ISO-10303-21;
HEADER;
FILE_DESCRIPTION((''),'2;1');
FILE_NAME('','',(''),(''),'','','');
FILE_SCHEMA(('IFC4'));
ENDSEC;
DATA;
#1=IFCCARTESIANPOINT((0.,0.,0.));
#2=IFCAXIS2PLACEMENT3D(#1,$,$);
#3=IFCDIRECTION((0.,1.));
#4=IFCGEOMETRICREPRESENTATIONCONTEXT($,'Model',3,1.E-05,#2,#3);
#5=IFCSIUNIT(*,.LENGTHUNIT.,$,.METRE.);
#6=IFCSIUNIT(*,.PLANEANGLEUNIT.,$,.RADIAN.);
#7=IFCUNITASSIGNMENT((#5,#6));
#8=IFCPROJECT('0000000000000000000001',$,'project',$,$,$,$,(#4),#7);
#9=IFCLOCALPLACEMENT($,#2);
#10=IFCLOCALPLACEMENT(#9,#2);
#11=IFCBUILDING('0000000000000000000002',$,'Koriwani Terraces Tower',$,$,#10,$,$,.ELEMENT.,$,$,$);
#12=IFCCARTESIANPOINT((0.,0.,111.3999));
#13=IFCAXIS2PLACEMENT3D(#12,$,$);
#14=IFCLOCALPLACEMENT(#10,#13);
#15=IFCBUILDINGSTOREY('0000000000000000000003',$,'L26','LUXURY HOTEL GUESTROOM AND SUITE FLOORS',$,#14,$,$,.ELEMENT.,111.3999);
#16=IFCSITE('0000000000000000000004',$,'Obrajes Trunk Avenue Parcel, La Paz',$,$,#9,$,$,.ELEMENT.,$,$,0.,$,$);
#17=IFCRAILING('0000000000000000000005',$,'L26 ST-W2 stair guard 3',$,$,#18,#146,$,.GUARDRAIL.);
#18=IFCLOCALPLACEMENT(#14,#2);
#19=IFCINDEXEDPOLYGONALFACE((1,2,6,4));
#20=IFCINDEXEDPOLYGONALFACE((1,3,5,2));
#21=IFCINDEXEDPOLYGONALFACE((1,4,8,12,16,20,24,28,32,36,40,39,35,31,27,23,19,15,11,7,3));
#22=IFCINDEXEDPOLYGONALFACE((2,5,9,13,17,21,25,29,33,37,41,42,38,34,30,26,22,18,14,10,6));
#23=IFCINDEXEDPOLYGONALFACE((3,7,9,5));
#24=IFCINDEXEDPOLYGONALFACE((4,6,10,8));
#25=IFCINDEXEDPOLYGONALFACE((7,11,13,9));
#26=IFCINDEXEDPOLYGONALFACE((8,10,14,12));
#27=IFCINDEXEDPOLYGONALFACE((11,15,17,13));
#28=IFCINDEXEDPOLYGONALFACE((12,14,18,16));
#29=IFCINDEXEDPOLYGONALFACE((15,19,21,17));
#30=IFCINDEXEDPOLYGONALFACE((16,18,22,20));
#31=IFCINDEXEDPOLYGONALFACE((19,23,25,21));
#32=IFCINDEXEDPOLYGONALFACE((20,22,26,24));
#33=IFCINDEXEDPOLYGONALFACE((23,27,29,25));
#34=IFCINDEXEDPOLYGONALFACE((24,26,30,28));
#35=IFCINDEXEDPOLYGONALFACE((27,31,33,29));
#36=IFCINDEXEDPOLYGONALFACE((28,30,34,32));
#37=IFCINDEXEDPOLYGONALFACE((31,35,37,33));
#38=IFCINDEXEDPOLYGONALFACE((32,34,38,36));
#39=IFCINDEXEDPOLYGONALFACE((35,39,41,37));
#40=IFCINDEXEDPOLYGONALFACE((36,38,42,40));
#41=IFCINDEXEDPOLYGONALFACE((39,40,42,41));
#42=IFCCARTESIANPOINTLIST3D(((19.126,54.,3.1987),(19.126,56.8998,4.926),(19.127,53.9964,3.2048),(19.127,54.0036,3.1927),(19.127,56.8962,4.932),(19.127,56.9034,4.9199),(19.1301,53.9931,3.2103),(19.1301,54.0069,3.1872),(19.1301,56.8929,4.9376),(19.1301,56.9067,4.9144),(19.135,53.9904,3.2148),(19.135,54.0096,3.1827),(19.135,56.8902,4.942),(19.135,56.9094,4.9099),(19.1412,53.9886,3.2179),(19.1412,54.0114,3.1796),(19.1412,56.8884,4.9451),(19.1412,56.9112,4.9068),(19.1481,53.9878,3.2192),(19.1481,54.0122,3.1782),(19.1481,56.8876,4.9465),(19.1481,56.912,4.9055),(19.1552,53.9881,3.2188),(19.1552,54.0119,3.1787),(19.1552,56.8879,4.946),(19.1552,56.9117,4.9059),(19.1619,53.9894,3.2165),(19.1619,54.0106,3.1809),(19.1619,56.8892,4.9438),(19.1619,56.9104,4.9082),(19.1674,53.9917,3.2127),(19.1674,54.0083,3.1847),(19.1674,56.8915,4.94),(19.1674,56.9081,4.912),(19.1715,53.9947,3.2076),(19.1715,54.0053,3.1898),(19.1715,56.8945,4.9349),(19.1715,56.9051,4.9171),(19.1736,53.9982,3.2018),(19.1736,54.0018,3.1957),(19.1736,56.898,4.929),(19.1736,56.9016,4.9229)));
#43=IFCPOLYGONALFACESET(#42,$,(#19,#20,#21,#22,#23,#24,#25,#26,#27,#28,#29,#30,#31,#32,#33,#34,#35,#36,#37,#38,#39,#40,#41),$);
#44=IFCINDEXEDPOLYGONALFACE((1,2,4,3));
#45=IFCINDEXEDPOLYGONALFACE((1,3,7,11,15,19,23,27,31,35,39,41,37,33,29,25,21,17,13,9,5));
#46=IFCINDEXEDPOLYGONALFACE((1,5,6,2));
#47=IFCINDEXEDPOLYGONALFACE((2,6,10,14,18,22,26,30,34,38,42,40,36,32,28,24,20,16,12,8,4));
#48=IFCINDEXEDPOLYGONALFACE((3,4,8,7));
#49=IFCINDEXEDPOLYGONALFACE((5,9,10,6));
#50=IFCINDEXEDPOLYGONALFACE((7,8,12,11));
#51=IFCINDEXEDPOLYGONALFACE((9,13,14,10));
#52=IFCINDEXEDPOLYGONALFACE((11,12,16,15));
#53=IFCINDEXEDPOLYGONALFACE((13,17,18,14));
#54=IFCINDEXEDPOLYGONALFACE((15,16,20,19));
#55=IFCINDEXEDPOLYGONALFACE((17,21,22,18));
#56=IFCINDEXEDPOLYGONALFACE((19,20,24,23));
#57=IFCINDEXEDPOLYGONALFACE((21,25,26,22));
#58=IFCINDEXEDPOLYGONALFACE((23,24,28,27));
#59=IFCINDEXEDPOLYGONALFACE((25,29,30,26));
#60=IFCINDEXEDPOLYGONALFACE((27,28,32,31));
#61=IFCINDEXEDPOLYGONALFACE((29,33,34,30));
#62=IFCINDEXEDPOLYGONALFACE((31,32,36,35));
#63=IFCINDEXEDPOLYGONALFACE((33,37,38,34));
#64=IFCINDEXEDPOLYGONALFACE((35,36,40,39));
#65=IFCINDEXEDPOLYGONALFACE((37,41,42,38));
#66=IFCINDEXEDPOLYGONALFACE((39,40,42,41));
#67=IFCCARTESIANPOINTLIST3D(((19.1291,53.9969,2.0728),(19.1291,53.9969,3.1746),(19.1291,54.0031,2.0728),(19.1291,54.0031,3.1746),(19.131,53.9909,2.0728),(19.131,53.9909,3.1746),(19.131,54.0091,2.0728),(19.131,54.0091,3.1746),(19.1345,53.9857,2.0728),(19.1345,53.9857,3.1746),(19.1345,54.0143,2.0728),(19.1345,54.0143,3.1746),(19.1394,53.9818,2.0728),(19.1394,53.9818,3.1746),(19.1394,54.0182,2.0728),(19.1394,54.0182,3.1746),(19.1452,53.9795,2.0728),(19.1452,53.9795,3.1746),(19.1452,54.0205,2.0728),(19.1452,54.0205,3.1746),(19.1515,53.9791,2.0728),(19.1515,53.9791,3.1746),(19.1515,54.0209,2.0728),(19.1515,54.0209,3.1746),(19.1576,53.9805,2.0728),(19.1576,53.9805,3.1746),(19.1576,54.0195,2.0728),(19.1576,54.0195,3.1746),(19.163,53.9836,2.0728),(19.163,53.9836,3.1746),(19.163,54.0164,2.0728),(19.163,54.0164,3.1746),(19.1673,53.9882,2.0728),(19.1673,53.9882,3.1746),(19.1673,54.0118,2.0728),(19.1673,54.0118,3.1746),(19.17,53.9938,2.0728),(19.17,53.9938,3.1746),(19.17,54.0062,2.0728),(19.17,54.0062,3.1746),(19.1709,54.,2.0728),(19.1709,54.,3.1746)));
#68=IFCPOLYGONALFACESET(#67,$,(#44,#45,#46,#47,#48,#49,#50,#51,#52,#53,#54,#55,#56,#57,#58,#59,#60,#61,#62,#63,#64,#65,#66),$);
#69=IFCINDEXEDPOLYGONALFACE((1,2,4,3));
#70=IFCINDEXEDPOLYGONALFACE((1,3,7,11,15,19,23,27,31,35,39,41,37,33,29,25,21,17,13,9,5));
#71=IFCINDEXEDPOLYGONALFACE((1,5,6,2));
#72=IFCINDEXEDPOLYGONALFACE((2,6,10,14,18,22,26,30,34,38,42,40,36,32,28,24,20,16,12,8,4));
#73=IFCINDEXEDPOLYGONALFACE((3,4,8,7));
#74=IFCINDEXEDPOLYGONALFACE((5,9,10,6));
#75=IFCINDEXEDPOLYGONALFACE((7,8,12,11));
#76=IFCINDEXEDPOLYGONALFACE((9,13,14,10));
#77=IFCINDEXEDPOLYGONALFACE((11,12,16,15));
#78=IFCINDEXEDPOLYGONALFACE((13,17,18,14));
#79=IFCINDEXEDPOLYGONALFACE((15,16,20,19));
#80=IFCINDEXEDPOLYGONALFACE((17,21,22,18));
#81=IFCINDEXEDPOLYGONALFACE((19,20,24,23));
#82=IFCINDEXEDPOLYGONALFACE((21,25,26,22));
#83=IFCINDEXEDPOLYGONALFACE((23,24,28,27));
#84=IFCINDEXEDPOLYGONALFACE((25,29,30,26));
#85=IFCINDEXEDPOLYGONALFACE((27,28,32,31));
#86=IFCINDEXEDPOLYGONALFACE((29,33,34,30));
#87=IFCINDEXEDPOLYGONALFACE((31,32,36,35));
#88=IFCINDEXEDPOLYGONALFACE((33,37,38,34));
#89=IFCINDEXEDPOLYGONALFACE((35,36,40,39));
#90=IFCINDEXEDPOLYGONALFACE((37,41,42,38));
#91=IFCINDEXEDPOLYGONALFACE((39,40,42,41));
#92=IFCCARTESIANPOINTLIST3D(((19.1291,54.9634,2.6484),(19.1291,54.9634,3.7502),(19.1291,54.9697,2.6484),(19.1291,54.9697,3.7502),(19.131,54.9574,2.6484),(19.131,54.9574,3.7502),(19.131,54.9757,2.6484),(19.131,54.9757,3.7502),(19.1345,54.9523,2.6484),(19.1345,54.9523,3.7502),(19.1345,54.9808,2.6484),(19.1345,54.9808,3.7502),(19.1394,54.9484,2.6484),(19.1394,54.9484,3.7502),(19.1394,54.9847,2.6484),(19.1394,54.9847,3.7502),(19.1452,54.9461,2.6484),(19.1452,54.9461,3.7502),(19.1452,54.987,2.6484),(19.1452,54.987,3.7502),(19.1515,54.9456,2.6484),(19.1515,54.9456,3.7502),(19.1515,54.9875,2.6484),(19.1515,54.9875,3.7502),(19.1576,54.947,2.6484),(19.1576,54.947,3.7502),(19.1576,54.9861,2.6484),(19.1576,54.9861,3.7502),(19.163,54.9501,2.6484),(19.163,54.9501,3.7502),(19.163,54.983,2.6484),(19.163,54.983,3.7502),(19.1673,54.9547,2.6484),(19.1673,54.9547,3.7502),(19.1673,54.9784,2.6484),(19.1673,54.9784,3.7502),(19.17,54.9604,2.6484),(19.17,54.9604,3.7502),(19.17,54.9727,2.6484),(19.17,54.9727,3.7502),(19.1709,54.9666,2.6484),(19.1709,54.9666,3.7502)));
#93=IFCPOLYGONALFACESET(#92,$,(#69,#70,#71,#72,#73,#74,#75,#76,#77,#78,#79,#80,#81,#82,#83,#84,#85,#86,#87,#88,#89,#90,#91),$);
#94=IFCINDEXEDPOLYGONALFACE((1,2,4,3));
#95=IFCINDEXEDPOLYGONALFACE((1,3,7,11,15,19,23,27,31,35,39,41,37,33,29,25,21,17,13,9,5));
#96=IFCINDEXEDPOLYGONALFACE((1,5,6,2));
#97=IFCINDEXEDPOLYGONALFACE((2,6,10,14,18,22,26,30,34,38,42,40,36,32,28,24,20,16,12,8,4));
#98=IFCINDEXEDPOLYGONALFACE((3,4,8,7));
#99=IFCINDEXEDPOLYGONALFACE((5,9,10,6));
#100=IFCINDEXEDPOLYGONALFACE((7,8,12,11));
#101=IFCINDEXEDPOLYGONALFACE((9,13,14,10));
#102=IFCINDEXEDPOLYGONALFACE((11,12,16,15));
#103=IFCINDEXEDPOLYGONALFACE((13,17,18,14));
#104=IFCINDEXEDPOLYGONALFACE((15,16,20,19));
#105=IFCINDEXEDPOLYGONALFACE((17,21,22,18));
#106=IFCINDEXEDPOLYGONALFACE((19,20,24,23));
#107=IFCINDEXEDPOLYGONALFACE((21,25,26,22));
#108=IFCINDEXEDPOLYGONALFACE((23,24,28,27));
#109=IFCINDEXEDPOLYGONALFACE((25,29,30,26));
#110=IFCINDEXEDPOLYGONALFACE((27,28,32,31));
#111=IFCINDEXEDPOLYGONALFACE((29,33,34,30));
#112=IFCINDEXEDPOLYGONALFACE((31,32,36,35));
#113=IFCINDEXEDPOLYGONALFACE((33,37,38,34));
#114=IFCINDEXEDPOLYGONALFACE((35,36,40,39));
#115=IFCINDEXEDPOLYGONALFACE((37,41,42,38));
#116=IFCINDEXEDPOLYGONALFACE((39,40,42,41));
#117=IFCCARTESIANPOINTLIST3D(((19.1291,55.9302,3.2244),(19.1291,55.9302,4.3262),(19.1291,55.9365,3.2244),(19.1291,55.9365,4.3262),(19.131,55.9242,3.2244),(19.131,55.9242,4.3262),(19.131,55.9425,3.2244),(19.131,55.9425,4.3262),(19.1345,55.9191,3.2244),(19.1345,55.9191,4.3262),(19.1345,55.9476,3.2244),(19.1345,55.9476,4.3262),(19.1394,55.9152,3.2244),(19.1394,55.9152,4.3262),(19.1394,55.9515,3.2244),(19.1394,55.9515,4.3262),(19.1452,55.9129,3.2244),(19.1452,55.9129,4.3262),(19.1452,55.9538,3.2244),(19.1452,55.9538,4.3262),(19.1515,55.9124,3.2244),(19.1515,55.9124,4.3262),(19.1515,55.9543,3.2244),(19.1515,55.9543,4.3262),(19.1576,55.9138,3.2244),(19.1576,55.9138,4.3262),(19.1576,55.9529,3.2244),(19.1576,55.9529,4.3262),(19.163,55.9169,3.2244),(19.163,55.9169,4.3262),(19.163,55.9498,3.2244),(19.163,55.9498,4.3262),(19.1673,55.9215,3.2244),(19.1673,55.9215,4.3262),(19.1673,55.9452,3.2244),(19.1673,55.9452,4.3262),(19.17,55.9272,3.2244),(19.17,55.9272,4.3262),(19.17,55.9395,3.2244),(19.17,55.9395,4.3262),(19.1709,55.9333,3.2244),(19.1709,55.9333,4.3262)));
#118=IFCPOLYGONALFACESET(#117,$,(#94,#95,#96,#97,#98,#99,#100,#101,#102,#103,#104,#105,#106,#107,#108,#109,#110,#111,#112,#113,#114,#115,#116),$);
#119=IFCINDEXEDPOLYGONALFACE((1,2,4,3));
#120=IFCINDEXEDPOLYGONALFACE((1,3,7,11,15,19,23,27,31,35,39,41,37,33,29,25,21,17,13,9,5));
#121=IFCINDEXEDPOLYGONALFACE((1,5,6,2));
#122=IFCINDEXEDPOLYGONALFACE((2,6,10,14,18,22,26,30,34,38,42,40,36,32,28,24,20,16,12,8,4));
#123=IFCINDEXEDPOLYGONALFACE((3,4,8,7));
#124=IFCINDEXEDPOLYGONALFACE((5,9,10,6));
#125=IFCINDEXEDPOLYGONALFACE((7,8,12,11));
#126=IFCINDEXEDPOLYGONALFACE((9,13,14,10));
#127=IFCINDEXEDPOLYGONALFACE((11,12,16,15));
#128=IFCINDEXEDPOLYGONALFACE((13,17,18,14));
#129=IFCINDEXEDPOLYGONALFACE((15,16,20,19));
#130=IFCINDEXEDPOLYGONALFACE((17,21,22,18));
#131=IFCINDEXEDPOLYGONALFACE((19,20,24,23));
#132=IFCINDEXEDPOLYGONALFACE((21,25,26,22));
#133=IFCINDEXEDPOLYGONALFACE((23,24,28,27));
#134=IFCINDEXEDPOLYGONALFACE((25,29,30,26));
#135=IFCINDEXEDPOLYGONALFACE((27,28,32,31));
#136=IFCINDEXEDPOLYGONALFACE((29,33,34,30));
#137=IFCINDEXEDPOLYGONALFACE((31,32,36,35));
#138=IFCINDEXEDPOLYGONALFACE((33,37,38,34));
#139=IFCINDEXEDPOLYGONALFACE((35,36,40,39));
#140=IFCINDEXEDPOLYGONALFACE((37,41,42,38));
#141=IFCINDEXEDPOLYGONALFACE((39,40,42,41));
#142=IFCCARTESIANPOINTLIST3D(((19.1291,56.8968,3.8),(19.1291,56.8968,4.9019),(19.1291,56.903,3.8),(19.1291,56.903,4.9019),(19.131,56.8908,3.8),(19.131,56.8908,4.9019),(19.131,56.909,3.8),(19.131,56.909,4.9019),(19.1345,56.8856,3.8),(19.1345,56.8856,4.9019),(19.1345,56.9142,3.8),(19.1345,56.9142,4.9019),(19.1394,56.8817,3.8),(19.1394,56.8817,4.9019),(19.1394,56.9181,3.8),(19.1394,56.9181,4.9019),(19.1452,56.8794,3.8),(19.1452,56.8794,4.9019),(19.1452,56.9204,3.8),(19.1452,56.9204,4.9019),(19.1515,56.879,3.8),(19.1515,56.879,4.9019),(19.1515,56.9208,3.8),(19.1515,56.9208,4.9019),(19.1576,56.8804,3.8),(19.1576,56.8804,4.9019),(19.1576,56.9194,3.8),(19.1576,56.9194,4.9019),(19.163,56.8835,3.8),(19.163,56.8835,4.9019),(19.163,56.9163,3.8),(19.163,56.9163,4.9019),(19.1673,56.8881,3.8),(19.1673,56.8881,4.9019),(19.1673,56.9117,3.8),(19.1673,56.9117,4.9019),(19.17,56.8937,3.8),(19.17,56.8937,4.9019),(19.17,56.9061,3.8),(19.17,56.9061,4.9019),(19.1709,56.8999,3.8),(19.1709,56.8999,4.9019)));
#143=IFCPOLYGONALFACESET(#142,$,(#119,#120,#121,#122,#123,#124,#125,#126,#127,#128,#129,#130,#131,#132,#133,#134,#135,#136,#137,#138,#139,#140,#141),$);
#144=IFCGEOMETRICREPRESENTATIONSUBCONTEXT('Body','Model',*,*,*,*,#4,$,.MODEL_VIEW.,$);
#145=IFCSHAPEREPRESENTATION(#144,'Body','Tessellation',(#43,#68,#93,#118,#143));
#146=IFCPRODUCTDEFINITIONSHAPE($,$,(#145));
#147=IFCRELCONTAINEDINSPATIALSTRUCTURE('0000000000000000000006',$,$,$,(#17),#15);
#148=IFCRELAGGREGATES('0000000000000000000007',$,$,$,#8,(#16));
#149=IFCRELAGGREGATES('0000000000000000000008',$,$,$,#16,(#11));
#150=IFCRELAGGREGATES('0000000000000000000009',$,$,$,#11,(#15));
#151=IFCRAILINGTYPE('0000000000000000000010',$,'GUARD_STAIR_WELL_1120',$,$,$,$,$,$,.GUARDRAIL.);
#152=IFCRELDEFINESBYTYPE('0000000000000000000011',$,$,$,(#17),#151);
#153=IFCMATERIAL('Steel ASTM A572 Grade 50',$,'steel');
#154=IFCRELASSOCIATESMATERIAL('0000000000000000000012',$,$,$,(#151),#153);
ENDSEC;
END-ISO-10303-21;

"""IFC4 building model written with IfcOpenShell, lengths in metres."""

from ifc_helpers import new_model, si_unit, direction, frame, origin, origin_2d, place, context, subcontext, project, spatial, circle, extrude, material, type_object, element, save


model = new_model("IFC4")

# Units and contexts
model_context = context("Model", 3, precision=1e-05, world=origin(), true_north=direction((0.0, 1.0)))
body_context = subcontext(model_context, "Body", "Model", "MODEL_VIEW")
ifc_project = project(units=[si_unit("LENGTHUNIT", "METRE"), si_unit("PLANEANGLEUNIT", "RADIAN")], contexts=[model_context])

# Site, building, storey
site_placement = place(None, origin())
site = spatial("IfcSite", under=ifc_project, at=site_placement, Name="Obrajes Trunk Avenue Parcel, La Paz", CompositionType="ELEMENT", RefElevation=0.0)
building_placement = place(site_placement, origin())
building = spatial("IfcBuilding", under=site, at=building_placement, Name="Koriwani Terraces Tower", CompositionType="ELEMENT")
storey_placement = place(building_placement, frame((0.0, 0.0, 111.3999)))
storey = spatial("IfcBuildingStorey", under=building, at=storey_placement, Name="L26", Description="LUXURY HOTEL GUESTROOM AND SUITE FLOORS", CompositionType="ELEMENT", Elevation=111.3999)

# Shared definitions
ifc_material_1 = material(Name="Steel ASTM A572 Grade 50", Category="steel")

# Railing
railing_type_1 = type_object("IfcRailingType", Name="GUARD_STAIR_WELL_1120", PredefinedType="GUARDRAIL", material=ifc_material_1)
railing_1_placement = place(storey_placement, frame((19.1499, 54.0, 2.0728)))
element("IfcRailing", 1, at=railing_1_placement, inside=storey, type_object=railing_type_1, Name="L26 ST-W2 stair guard 3", PredefinedType="GUARDRAIL", context=body_context, shape_type="SweptSolid", body=[
    extrude(circle(Radius=0.0239, at=origin_2d()), frame((0.0, 0.0, 1.126), z_axis=(0.0, 0.859141, 0.511738), x_axis=(-1.0, 0.0, 0.0)), (0.0, 0.0, 1.0), 3.3752),
    extrude(circle(Radius=0.021, at=origin_2d()), origin(), (0.0, 0.0, 1.0), 1.1018),
    extrude(circle(Radius=0.021, at=origin_2d()), frame((0.0, 0.9666, 0.5757)), (0.0, 0.0, 1.0), 1.1018),
    extrude(circle(Radius=0.021, at=origin_2d()), frame((0.0, 1.9333, 1.1516)), (0.0, 0.0, 1.0), 1.1018),
    extrude(circle(Radius=0.021, at=origin_2d()), frame((0.0, 2.8999, 1.7273)), (0.0, 0.0, 1.0), 1.1018),
])

save(model, "model.ifc")
